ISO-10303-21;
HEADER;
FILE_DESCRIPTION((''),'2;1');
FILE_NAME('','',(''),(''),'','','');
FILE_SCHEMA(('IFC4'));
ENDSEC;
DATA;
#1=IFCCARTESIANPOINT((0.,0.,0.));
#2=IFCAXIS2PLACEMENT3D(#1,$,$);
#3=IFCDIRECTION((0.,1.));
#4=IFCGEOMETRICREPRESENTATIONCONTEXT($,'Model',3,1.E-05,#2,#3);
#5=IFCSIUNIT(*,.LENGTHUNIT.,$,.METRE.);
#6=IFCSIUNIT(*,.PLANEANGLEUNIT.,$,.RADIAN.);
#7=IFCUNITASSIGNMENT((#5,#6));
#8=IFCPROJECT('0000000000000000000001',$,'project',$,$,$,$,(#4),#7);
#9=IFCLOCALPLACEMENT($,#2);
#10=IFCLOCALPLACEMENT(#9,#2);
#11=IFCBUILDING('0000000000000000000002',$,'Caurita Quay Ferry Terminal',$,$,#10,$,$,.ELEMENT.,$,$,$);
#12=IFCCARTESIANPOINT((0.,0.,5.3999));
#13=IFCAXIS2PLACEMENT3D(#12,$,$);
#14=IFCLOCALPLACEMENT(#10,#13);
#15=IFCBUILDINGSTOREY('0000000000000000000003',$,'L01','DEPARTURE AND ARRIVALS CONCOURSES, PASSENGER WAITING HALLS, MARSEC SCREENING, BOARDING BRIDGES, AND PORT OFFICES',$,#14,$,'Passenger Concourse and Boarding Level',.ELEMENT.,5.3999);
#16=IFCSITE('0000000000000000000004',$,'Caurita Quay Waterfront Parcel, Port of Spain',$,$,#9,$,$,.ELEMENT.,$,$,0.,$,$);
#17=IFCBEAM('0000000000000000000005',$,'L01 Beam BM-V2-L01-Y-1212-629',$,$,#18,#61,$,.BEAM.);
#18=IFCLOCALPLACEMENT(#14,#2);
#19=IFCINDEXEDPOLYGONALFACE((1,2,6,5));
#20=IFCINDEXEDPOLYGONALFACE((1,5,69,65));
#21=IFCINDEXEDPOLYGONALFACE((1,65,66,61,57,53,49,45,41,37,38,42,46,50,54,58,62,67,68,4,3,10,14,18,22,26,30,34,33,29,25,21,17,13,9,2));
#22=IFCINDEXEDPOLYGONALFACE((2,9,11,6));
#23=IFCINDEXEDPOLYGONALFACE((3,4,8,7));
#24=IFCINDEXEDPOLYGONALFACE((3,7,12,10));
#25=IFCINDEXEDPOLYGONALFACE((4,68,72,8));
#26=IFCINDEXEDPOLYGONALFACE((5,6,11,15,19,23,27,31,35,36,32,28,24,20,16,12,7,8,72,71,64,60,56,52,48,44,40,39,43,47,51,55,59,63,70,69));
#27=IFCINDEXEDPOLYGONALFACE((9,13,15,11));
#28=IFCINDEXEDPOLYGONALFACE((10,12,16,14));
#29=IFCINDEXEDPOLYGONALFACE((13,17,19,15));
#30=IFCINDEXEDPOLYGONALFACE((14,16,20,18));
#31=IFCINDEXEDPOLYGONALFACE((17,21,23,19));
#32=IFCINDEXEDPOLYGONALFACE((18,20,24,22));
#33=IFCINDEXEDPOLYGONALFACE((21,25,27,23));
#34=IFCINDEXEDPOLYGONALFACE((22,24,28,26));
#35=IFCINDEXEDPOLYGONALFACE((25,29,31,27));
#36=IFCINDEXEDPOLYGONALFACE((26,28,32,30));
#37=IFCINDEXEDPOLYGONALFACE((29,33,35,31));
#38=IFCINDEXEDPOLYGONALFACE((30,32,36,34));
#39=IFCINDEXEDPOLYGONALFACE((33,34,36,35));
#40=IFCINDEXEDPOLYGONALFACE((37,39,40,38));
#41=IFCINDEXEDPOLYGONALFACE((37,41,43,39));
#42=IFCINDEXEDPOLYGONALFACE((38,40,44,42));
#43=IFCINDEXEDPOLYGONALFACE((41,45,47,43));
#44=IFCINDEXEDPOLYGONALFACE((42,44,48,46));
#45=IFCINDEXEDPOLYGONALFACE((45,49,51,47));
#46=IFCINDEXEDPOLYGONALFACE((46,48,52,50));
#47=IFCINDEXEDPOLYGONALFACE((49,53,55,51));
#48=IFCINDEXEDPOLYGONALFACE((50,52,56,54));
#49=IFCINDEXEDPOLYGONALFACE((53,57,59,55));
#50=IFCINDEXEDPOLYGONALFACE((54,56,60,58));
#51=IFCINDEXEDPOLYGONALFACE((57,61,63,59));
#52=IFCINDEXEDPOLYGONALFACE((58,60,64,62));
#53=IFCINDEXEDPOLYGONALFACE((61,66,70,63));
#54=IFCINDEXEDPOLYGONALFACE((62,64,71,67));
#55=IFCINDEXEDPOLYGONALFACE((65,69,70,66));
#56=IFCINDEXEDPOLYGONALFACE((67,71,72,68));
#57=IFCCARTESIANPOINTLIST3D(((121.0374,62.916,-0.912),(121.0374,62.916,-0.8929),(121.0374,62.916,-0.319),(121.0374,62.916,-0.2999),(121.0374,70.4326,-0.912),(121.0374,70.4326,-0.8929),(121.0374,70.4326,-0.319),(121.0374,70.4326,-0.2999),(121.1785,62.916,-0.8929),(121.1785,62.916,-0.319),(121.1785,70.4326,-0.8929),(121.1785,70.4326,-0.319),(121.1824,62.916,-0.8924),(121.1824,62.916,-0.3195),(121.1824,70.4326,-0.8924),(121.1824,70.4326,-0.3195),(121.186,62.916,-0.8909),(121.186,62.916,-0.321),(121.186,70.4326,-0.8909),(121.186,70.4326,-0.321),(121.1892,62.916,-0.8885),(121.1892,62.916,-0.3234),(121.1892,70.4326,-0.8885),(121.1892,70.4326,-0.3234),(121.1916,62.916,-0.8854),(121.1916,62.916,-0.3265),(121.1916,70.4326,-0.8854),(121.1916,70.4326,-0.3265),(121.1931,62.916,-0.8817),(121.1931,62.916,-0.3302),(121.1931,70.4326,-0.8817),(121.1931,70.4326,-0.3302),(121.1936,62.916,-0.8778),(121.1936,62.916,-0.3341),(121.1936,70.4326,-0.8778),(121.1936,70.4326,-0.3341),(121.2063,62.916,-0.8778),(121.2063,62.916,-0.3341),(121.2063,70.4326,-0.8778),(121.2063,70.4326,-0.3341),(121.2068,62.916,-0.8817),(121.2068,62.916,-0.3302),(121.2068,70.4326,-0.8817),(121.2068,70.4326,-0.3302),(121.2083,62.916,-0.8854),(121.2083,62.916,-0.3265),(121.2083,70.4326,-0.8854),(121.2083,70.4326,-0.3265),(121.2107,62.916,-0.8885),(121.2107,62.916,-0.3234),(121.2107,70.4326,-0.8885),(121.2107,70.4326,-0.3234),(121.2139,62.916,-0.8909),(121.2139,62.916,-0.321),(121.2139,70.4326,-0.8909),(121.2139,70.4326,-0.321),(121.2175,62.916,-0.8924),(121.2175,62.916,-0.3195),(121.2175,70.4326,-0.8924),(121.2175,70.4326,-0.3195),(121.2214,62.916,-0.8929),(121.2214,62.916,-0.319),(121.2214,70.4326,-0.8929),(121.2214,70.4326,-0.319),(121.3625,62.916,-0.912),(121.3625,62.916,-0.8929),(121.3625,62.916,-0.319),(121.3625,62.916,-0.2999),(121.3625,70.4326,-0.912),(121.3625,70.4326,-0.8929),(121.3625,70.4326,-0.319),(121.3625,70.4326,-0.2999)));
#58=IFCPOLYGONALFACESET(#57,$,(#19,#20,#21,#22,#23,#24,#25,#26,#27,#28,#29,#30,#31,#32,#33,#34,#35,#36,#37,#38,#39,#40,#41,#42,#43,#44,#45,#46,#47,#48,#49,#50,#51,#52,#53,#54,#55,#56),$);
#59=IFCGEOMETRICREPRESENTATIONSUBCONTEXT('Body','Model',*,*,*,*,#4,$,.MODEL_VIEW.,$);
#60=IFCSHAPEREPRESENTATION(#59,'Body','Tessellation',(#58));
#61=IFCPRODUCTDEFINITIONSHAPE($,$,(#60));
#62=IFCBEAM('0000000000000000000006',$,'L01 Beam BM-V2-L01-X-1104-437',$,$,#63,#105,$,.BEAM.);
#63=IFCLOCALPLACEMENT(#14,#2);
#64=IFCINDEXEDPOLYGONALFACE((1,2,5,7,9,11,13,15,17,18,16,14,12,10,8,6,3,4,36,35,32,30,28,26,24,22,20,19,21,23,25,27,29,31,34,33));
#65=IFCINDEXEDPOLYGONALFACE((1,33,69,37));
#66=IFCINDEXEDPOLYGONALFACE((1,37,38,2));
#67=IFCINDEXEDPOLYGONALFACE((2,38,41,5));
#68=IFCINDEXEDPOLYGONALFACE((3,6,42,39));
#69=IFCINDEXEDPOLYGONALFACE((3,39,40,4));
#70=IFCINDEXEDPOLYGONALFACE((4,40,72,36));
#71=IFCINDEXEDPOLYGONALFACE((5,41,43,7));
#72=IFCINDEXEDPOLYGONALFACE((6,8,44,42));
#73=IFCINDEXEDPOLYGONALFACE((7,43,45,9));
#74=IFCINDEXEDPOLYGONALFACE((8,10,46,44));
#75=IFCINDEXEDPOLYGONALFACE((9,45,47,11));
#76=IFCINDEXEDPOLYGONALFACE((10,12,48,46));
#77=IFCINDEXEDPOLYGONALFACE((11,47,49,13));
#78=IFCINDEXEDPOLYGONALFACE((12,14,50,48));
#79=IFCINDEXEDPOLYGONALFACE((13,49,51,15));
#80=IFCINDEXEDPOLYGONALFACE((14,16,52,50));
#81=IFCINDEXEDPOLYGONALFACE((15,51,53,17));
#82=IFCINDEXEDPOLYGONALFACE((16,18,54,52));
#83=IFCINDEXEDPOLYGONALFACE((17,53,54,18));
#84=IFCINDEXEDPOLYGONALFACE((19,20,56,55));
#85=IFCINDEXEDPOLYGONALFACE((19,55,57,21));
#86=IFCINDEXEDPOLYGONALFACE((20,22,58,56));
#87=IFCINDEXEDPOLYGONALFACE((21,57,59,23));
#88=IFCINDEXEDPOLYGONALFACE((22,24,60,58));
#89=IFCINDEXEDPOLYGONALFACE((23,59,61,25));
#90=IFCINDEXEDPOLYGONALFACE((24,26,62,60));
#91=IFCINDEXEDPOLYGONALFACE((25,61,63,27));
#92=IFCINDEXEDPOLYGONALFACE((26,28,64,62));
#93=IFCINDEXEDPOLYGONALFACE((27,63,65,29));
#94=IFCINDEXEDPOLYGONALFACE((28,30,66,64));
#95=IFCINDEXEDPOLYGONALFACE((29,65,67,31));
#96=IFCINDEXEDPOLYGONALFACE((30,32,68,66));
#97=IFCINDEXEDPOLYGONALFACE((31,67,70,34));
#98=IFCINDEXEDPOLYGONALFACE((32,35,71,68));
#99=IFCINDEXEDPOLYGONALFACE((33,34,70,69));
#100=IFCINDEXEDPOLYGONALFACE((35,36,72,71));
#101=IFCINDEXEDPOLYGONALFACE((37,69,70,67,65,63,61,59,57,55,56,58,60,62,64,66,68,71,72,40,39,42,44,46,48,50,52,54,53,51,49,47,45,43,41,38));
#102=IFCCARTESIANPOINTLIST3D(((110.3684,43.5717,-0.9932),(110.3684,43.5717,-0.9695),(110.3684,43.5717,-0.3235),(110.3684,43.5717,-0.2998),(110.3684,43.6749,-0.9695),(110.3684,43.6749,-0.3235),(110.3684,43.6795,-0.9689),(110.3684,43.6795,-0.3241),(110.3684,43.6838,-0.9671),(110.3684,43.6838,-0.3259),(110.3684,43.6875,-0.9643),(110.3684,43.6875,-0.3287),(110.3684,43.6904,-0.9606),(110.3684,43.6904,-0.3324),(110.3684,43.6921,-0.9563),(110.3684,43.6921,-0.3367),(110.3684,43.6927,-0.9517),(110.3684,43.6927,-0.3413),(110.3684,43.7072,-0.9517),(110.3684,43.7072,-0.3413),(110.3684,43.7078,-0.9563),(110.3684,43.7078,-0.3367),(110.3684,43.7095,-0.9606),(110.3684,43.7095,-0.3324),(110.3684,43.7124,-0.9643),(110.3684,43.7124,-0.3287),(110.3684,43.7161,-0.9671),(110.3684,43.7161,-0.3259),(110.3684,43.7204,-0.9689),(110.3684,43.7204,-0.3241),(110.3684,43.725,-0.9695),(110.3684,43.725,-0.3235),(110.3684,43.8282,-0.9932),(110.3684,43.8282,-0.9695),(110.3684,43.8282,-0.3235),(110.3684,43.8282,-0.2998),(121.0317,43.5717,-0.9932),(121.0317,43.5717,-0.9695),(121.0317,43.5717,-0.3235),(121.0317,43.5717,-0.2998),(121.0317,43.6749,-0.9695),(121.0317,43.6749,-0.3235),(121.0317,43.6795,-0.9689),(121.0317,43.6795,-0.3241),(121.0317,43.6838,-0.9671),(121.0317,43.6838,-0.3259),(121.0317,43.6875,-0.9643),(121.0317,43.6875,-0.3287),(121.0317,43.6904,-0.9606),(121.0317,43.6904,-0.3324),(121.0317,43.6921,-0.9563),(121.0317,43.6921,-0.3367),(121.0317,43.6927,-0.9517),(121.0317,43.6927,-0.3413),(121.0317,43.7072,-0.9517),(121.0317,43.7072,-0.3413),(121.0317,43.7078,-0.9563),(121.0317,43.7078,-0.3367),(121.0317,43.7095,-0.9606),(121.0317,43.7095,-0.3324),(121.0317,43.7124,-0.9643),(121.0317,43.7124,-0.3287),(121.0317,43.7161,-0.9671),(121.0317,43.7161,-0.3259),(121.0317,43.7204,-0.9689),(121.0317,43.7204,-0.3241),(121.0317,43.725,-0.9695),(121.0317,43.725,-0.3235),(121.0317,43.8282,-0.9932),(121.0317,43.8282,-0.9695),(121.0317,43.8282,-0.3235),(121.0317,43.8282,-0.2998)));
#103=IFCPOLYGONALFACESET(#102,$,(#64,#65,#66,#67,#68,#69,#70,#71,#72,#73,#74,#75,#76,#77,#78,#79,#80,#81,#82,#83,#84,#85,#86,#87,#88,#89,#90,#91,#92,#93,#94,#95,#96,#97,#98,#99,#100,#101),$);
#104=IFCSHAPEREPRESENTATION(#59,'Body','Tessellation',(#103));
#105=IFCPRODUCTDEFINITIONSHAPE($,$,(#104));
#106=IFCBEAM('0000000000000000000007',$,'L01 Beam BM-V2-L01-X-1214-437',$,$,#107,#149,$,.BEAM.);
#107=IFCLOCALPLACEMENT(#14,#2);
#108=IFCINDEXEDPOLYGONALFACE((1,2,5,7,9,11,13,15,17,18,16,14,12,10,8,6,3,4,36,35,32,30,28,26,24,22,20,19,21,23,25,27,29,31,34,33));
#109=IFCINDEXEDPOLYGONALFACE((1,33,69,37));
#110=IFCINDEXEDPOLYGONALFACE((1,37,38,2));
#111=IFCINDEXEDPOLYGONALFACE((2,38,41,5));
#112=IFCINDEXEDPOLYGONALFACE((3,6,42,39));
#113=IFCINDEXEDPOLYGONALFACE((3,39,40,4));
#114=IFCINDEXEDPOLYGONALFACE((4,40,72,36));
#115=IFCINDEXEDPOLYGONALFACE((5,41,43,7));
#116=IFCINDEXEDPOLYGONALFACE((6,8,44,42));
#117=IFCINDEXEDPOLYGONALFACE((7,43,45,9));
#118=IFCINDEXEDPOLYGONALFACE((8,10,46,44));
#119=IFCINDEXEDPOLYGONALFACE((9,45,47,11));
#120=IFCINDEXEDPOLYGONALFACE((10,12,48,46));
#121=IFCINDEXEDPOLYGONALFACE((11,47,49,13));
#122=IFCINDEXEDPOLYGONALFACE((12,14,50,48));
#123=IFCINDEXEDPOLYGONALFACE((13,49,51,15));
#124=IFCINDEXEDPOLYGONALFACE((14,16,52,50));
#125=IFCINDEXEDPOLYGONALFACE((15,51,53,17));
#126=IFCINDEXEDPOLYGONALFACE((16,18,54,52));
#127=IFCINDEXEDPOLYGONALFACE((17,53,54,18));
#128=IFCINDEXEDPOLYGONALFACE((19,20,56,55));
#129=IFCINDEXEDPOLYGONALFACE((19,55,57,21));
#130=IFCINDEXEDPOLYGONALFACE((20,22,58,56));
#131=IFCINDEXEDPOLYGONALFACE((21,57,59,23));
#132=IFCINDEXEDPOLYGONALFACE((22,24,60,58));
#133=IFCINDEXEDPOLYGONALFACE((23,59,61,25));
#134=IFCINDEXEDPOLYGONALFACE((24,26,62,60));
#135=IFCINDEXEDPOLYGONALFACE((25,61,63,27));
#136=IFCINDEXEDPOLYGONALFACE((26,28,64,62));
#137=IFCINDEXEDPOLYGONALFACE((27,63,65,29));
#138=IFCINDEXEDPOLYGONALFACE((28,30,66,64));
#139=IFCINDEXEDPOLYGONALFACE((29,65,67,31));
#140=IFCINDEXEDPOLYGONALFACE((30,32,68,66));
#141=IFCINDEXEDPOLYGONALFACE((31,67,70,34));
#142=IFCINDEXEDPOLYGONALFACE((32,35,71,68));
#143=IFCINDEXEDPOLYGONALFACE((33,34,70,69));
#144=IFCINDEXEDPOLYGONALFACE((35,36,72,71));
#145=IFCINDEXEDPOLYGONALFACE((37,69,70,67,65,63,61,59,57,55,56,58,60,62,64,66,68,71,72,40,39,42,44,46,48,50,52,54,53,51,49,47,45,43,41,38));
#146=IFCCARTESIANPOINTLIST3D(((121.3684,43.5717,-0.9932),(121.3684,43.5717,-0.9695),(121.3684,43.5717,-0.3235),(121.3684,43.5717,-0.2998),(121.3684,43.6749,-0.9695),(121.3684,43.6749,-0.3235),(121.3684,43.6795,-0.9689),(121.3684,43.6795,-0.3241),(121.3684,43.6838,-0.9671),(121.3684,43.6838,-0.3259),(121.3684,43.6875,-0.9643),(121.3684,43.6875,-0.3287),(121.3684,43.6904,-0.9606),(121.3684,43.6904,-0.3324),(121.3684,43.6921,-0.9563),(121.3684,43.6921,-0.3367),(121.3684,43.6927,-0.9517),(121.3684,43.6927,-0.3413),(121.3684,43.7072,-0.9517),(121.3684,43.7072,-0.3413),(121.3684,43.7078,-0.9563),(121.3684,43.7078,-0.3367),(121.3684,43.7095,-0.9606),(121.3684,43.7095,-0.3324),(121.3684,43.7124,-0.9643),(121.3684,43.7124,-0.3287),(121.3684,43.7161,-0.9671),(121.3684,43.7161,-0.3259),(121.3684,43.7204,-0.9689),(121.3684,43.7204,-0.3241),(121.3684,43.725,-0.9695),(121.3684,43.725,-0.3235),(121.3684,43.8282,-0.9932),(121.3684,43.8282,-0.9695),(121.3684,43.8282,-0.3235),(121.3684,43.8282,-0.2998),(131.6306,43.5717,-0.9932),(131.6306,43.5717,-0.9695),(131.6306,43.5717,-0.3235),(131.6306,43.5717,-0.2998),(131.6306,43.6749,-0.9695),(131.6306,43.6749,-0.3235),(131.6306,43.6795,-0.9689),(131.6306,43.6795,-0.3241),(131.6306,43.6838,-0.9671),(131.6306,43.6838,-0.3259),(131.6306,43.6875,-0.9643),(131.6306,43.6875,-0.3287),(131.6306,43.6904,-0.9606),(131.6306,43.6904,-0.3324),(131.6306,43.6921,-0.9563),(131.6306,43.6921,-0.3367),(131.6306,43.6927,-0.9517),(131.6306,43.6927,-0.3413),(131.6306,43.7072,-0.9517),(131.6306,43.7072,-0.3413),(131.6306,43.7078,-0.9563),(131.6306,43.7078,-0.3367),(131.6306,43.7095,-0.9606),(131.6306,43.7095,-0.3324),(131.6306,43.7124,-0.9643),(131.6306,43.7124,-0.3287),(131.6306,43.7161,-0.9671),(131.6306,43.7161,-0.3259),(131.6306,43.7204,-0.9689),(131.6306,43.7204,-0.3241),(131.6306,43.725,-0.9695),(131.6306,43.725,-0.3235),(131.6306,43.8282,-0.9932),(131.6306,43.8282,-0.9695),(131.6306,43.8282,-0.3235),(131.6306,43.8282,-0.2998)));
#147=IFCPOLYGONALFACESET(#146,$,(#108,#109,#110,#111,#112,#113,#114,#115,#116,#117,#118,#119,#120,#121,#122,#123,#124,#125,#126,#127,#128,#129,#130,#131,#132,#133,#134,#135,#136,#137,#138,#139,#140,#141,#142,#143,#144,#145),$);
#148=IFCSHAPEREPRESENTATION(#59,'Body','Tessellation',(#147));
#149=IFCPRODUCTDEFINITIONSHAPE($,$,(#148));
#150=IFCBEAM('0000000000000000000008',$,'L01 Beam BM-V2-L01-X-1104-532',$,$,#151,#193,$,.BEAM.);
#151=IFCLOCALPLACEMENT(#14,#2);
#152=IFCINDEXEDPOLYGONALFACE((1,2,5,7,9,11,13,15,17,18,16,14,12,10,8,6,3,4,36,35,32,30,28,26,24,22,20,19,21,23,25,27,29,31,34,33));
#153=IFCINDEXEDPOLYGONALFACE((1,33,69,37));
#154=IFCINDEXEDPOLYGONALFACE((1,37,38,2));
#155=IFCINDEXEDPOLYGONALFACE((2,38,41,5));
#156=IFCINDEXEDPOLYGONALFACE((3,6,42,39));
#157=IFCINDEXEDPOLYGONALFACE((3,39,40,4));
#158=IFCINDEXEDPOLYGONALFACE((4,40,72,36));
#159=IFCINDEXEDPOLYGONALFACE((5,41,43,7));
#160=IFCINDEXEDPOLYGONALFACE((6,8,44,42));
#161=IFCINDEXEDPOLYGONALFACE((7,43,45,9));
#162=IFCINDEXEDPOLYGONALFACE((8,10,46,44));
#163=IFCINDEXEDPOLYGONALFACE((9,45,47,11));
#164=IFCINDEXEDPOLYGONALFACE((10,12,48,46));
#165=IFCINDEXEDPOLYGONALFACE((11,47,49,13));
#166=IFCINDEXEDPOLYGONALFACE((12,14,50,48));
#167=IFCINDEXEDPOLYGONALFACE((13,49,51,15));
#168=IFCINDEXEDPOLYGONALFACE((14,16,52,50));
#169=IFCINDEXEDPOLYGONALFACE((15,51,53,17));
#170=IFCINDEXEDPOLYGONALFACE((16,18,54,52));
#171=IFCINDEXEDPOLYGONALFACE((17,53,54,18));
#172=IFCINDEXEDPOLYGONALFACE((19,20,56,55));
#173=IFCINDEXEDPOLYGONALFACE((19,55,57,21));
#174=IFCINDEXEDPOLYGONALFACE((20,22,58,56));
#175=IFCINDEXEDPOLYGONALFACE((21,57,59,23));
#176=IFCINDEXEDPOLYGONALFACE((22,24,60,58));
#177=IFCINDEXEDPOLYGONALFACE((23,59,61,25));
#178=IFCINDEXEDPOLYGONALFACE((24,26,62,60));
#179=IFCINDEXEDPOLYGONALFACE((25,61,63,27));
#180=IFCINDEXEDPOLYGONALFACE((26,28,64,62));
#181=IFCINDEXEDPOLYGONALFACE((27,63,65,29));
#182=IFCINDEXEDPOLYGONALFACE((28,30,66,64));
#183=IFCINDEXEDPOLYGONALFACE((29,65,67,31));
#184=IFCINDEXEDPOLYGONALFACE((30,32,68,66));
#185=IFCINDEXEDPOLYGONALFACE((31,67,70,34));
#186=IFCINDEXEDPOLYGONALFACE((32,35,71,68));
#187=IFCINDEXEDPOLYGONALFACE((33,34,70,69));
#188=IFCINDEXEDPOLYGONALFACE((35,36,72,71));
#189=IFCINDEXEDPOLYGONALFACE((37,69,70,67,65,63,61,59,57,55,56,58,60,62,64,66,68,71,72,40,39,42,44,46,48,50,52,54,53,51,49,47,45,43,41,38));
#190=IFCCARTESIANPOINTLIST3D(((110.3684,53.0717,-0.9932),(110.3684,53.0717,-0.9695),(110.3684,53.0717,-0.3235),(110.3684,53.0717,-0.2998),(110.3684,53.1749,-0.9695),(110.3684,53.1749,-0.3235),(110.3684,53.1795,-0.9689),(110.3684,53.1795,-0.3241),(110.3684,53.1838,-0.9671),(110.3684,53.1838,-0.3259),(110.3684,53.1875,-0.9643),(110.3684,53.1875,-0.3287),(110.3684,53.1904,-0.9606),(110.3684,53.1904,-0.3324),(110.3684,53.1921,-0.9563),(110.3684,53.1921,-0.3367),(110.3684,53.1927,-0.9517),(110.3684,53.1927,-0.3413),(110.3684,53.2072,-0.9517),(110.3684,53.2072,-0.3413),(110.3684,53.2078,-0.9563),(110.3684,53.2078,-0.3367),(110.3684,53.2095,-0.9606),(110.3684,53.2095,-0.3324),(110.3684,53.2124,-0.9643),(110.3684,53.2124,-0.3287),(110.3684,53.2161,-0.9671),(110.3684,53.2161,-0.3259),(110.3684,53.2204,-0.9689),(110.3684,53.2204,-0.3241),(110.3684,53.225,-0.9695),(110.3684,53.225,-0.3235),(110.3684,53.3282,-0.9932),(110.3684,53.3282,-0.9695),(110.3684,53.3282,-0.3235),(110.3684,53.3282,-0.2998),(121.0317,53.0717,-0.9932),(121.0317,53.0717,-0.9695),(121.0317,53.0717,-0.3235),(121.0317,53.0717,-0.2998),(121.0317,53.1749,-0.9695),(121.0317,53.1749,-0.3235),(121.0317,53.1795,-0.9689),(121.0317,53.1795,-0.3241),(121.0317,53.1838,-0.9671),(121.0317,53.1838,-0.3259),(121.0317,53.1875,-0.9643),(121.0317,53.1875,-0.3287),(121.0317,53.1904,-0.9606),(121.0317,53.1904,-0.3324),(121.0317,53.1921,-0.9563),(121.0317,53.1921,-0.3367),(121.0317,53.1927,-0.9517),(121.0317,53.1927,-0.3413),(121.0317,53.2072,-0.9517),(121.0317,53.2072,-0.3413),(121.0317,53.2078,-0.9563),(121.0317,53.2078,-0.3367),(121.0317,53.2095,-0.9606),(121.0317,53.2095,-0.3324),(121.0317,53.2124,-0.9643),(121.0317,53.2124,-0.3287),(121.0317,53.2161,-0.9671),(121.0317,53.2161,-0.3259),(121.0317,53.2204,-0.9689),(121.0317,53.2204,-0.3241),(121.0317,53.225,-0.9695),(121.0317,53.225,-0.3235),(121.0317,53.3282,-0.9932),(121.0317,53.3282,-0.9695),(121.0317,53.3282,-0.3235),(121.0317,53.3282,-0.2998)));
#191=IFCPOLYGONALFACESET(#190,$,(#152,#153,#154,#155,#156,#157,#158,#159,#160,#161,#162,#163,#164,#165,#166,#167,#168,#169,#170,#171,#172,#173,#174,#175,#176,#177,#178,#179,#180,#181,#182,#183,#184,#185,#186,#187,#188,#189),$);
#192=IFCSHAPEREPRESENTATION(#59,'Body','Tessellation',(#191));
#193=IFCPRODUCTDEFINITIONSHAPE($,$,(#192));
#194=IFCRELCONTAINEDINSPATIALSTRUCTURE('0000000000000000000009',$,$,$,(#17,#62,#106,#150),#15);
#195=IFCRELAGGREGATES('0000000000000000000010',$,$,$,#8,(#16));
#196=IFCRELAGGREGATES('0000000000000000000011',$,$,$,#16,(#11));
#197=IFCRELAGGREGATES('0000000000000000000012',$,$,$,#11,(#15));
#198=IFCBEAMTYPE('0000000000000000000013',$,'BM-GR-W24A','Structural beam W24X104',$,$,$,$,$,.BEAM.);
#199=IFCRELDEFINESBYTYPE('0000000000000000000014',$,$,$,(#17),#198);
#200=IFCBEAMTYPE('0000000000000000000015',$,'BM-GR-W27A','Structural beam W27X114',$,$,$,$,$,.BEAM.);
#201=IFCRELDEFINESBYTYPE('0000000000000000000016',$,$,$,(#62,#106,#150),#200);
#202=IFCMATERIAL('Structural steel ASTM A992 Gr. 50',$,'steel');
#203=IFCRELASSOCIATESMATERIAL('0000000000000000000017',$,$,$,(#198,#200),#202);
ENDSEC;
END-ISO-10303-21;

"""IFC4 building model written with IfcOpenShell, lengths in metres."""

from ifc_helpers import new_model, si_unit, direction, frame, origin, origin_2d, place, context, subcontext, project, spatial, i_section, extrude, material, material_profile, profile_set, type_object, element, save


model = new_model("IFC4")

# Units and contexts
model_context = context("Model", 3, precision=1e-05, world=origin(), true_north=direction((0.0, 1.0)))
body_context = subcontext(model_context, "Body", "Model", "MODEL_VIEW")
ifc_project = project(units=[si_unit("LENGTHUNIT", "METRE"), si_unit("PLANEANGLEUNIT", "RADIAN")], contexts=[model_context])

# Site, building, storey
site_placement = place(None, origin())
site = spatial("IfcSite", under=ifc_project, at=site_placement, Name="Caurita Quay Waterfront Parcel, Port of Spain", CompositionType="ELEMENT", RefElevation=0.0)
building_placement = place(site_placement, origin())
building = spatial("IfcBuilding", under=site, at=building_placement, Name="Caurita Quay Ferry Terminal", CompositionType="ELEMENT")
storey_placement = place(building_placement, frame((0.0, 0.0, 5.3999)))
storey = spatial("IfcBuildingStorey", under=building, at=storey_placement, Name="L01", Description="DEPARTURE AND ARRIVALS CONCOURSES, PASSENGER WAITING HALLS, MARSEC SCREENING, BOARDING BRIDGES, AND PORT OFFICES", LongName="Passenger Concourse and Boarding Level", CompositionType="ELEMENT", Elevation=5.3999)

# Beams
ifc_material_1 = material(Name="Structural steel ASTM A992 Gr. 50", Category="steel")
ifc_material_profile_1 = material_profile(ifc_material_1, i_section(OverallWidth=0.3252, OverallDepth=0.6121, WebThickness=0.0127, FlangeThickness=0.019, FilletRadius=0.0151, at=origin_2d()), Name="W24X104")
ifc_profile_set_1 = profile_set([ifc_material_profile_1], Name="Structural steel ASTM A992 Gr. 50")
beam_type_1 = type_object("IfcBeamType", Name="BM-GR-W24A", Description="Structural beam W24X104", PredefinedType="BEAM", material=ifc_profile_set_1)
beam_1_placement = place(storey_placement, frame((121.2, 62.916, -0.606), z_axis=(0.0, 1.0, 0.0), x_axis=(-1.0, 0.0, 0.0)))
element("IfcBeam", 1, at=beam_1_placement, inside=storey, type_object=beam_type_1, Name="L01 Beam BM-V2-L01-Y-1212-629", PredefinedType="BEAM", context=body_context, shape_type="SweptSolid", body=[
    extrude(i_section(OverallWidth=0.3252, OverallDepth=0.6121, WebThickness=0.0127, FlangeThickness=0.019, FilletRadius=0.0151, at=origin_2d()), origin(), (0.0, 0.0, 1.0), 7.5166),
])
ifc_material_profile_2 = material_profile(ifc_material_1, i_section(OverallWidth=0.2566, OverallDepth=0.6934, WebThickness=0.0144, FlangeThickness=0.0237, FilletRadius=0.0178, at=origin_2d()), Name="W27X114")
ifc_profile_set_2 = profile_set([ifc_material_profile_2], Name="Structural steel ASTM A992 Gr. 50")
beam_type_2 = type_object("IfcBeamType", Name="BM-GR-W27A", Description="Structural beam W27X114", PredefinedType="BEAM", material=ifc_profile_set_2)
beam_2_placement = place(storey_placement, frame((110.3684, 43.7, -0.6465), z_axis=(1.0, 0.0, 0.0), x_axis=(0.0, 1.0, 0.0)))
element("IfcBeam", 2, at=beam_2_placement, inside=storey, type_object=beam_type_2, Name="L01 Beam BM-V2-L01-X-1104-437", PredefinedType="BEAM", context=body_context, shape_type="SweptSolid", body=[
    extrude(i_section(OverallWidth=0.2566, OverallDepth=0.6934, WebThickness=0.0144, FlangeThickness=0.0237, FilletRadius=0.0178, at=origin_2d()), origin(), (0.0, 0.0, 1.0), 10.6633),
])
beam_3_placement = place(storey_placement, frame((121.3684, 43.7, -0.6465), z_axis=(1.0, 0.0, 0.0), x_axis=(0.0, 1.0, 0.0)))
element("IfcBeam", 3, at=beam_3_placement, inside=storey, type_object=beam_type_2, Name="L01 Beam BM-V2-L01-X-1214-437", PredefinedType="BEAM", context=body_context, shape_type="SweptSolid", body=[
    extrude(i_section(OverallWidth=0.2566, OverallDepth=0.6934, WebThickness=0.0144, FlangeThickness=0.0237, FilletRadius=0.0178, at=origin_2d()), origin(), (0.0, 0.0, 1.0), 10.2622),
])
beam_4_placement = place(storey_placement, frame((110.3684, 53.2, -0.6465), z_axis=(1.0, 0.0, 0.0), x_axis=(0.0, 1.0, 0.0)))
element("IfcBeam", 4, at=beam_4_placement, inside=storey, type_object=beam_type_2, Name="L01 Beam BM-V2-L01-X-1104-532", PredefinedType="BEAM", context=body_context, shape_type="SweptSolid", body=[
    extrude(i_section(OverallWidth=0.2566, OverallDepth=0.6934, WebThickness=0.0144, FlangeThickness=0.0237, FilletRadius=0.0178, at=origin_2d()), origin(), (0.0, 0.0, 1.0), 10.6633),
])

save(model, "model.ifc")
